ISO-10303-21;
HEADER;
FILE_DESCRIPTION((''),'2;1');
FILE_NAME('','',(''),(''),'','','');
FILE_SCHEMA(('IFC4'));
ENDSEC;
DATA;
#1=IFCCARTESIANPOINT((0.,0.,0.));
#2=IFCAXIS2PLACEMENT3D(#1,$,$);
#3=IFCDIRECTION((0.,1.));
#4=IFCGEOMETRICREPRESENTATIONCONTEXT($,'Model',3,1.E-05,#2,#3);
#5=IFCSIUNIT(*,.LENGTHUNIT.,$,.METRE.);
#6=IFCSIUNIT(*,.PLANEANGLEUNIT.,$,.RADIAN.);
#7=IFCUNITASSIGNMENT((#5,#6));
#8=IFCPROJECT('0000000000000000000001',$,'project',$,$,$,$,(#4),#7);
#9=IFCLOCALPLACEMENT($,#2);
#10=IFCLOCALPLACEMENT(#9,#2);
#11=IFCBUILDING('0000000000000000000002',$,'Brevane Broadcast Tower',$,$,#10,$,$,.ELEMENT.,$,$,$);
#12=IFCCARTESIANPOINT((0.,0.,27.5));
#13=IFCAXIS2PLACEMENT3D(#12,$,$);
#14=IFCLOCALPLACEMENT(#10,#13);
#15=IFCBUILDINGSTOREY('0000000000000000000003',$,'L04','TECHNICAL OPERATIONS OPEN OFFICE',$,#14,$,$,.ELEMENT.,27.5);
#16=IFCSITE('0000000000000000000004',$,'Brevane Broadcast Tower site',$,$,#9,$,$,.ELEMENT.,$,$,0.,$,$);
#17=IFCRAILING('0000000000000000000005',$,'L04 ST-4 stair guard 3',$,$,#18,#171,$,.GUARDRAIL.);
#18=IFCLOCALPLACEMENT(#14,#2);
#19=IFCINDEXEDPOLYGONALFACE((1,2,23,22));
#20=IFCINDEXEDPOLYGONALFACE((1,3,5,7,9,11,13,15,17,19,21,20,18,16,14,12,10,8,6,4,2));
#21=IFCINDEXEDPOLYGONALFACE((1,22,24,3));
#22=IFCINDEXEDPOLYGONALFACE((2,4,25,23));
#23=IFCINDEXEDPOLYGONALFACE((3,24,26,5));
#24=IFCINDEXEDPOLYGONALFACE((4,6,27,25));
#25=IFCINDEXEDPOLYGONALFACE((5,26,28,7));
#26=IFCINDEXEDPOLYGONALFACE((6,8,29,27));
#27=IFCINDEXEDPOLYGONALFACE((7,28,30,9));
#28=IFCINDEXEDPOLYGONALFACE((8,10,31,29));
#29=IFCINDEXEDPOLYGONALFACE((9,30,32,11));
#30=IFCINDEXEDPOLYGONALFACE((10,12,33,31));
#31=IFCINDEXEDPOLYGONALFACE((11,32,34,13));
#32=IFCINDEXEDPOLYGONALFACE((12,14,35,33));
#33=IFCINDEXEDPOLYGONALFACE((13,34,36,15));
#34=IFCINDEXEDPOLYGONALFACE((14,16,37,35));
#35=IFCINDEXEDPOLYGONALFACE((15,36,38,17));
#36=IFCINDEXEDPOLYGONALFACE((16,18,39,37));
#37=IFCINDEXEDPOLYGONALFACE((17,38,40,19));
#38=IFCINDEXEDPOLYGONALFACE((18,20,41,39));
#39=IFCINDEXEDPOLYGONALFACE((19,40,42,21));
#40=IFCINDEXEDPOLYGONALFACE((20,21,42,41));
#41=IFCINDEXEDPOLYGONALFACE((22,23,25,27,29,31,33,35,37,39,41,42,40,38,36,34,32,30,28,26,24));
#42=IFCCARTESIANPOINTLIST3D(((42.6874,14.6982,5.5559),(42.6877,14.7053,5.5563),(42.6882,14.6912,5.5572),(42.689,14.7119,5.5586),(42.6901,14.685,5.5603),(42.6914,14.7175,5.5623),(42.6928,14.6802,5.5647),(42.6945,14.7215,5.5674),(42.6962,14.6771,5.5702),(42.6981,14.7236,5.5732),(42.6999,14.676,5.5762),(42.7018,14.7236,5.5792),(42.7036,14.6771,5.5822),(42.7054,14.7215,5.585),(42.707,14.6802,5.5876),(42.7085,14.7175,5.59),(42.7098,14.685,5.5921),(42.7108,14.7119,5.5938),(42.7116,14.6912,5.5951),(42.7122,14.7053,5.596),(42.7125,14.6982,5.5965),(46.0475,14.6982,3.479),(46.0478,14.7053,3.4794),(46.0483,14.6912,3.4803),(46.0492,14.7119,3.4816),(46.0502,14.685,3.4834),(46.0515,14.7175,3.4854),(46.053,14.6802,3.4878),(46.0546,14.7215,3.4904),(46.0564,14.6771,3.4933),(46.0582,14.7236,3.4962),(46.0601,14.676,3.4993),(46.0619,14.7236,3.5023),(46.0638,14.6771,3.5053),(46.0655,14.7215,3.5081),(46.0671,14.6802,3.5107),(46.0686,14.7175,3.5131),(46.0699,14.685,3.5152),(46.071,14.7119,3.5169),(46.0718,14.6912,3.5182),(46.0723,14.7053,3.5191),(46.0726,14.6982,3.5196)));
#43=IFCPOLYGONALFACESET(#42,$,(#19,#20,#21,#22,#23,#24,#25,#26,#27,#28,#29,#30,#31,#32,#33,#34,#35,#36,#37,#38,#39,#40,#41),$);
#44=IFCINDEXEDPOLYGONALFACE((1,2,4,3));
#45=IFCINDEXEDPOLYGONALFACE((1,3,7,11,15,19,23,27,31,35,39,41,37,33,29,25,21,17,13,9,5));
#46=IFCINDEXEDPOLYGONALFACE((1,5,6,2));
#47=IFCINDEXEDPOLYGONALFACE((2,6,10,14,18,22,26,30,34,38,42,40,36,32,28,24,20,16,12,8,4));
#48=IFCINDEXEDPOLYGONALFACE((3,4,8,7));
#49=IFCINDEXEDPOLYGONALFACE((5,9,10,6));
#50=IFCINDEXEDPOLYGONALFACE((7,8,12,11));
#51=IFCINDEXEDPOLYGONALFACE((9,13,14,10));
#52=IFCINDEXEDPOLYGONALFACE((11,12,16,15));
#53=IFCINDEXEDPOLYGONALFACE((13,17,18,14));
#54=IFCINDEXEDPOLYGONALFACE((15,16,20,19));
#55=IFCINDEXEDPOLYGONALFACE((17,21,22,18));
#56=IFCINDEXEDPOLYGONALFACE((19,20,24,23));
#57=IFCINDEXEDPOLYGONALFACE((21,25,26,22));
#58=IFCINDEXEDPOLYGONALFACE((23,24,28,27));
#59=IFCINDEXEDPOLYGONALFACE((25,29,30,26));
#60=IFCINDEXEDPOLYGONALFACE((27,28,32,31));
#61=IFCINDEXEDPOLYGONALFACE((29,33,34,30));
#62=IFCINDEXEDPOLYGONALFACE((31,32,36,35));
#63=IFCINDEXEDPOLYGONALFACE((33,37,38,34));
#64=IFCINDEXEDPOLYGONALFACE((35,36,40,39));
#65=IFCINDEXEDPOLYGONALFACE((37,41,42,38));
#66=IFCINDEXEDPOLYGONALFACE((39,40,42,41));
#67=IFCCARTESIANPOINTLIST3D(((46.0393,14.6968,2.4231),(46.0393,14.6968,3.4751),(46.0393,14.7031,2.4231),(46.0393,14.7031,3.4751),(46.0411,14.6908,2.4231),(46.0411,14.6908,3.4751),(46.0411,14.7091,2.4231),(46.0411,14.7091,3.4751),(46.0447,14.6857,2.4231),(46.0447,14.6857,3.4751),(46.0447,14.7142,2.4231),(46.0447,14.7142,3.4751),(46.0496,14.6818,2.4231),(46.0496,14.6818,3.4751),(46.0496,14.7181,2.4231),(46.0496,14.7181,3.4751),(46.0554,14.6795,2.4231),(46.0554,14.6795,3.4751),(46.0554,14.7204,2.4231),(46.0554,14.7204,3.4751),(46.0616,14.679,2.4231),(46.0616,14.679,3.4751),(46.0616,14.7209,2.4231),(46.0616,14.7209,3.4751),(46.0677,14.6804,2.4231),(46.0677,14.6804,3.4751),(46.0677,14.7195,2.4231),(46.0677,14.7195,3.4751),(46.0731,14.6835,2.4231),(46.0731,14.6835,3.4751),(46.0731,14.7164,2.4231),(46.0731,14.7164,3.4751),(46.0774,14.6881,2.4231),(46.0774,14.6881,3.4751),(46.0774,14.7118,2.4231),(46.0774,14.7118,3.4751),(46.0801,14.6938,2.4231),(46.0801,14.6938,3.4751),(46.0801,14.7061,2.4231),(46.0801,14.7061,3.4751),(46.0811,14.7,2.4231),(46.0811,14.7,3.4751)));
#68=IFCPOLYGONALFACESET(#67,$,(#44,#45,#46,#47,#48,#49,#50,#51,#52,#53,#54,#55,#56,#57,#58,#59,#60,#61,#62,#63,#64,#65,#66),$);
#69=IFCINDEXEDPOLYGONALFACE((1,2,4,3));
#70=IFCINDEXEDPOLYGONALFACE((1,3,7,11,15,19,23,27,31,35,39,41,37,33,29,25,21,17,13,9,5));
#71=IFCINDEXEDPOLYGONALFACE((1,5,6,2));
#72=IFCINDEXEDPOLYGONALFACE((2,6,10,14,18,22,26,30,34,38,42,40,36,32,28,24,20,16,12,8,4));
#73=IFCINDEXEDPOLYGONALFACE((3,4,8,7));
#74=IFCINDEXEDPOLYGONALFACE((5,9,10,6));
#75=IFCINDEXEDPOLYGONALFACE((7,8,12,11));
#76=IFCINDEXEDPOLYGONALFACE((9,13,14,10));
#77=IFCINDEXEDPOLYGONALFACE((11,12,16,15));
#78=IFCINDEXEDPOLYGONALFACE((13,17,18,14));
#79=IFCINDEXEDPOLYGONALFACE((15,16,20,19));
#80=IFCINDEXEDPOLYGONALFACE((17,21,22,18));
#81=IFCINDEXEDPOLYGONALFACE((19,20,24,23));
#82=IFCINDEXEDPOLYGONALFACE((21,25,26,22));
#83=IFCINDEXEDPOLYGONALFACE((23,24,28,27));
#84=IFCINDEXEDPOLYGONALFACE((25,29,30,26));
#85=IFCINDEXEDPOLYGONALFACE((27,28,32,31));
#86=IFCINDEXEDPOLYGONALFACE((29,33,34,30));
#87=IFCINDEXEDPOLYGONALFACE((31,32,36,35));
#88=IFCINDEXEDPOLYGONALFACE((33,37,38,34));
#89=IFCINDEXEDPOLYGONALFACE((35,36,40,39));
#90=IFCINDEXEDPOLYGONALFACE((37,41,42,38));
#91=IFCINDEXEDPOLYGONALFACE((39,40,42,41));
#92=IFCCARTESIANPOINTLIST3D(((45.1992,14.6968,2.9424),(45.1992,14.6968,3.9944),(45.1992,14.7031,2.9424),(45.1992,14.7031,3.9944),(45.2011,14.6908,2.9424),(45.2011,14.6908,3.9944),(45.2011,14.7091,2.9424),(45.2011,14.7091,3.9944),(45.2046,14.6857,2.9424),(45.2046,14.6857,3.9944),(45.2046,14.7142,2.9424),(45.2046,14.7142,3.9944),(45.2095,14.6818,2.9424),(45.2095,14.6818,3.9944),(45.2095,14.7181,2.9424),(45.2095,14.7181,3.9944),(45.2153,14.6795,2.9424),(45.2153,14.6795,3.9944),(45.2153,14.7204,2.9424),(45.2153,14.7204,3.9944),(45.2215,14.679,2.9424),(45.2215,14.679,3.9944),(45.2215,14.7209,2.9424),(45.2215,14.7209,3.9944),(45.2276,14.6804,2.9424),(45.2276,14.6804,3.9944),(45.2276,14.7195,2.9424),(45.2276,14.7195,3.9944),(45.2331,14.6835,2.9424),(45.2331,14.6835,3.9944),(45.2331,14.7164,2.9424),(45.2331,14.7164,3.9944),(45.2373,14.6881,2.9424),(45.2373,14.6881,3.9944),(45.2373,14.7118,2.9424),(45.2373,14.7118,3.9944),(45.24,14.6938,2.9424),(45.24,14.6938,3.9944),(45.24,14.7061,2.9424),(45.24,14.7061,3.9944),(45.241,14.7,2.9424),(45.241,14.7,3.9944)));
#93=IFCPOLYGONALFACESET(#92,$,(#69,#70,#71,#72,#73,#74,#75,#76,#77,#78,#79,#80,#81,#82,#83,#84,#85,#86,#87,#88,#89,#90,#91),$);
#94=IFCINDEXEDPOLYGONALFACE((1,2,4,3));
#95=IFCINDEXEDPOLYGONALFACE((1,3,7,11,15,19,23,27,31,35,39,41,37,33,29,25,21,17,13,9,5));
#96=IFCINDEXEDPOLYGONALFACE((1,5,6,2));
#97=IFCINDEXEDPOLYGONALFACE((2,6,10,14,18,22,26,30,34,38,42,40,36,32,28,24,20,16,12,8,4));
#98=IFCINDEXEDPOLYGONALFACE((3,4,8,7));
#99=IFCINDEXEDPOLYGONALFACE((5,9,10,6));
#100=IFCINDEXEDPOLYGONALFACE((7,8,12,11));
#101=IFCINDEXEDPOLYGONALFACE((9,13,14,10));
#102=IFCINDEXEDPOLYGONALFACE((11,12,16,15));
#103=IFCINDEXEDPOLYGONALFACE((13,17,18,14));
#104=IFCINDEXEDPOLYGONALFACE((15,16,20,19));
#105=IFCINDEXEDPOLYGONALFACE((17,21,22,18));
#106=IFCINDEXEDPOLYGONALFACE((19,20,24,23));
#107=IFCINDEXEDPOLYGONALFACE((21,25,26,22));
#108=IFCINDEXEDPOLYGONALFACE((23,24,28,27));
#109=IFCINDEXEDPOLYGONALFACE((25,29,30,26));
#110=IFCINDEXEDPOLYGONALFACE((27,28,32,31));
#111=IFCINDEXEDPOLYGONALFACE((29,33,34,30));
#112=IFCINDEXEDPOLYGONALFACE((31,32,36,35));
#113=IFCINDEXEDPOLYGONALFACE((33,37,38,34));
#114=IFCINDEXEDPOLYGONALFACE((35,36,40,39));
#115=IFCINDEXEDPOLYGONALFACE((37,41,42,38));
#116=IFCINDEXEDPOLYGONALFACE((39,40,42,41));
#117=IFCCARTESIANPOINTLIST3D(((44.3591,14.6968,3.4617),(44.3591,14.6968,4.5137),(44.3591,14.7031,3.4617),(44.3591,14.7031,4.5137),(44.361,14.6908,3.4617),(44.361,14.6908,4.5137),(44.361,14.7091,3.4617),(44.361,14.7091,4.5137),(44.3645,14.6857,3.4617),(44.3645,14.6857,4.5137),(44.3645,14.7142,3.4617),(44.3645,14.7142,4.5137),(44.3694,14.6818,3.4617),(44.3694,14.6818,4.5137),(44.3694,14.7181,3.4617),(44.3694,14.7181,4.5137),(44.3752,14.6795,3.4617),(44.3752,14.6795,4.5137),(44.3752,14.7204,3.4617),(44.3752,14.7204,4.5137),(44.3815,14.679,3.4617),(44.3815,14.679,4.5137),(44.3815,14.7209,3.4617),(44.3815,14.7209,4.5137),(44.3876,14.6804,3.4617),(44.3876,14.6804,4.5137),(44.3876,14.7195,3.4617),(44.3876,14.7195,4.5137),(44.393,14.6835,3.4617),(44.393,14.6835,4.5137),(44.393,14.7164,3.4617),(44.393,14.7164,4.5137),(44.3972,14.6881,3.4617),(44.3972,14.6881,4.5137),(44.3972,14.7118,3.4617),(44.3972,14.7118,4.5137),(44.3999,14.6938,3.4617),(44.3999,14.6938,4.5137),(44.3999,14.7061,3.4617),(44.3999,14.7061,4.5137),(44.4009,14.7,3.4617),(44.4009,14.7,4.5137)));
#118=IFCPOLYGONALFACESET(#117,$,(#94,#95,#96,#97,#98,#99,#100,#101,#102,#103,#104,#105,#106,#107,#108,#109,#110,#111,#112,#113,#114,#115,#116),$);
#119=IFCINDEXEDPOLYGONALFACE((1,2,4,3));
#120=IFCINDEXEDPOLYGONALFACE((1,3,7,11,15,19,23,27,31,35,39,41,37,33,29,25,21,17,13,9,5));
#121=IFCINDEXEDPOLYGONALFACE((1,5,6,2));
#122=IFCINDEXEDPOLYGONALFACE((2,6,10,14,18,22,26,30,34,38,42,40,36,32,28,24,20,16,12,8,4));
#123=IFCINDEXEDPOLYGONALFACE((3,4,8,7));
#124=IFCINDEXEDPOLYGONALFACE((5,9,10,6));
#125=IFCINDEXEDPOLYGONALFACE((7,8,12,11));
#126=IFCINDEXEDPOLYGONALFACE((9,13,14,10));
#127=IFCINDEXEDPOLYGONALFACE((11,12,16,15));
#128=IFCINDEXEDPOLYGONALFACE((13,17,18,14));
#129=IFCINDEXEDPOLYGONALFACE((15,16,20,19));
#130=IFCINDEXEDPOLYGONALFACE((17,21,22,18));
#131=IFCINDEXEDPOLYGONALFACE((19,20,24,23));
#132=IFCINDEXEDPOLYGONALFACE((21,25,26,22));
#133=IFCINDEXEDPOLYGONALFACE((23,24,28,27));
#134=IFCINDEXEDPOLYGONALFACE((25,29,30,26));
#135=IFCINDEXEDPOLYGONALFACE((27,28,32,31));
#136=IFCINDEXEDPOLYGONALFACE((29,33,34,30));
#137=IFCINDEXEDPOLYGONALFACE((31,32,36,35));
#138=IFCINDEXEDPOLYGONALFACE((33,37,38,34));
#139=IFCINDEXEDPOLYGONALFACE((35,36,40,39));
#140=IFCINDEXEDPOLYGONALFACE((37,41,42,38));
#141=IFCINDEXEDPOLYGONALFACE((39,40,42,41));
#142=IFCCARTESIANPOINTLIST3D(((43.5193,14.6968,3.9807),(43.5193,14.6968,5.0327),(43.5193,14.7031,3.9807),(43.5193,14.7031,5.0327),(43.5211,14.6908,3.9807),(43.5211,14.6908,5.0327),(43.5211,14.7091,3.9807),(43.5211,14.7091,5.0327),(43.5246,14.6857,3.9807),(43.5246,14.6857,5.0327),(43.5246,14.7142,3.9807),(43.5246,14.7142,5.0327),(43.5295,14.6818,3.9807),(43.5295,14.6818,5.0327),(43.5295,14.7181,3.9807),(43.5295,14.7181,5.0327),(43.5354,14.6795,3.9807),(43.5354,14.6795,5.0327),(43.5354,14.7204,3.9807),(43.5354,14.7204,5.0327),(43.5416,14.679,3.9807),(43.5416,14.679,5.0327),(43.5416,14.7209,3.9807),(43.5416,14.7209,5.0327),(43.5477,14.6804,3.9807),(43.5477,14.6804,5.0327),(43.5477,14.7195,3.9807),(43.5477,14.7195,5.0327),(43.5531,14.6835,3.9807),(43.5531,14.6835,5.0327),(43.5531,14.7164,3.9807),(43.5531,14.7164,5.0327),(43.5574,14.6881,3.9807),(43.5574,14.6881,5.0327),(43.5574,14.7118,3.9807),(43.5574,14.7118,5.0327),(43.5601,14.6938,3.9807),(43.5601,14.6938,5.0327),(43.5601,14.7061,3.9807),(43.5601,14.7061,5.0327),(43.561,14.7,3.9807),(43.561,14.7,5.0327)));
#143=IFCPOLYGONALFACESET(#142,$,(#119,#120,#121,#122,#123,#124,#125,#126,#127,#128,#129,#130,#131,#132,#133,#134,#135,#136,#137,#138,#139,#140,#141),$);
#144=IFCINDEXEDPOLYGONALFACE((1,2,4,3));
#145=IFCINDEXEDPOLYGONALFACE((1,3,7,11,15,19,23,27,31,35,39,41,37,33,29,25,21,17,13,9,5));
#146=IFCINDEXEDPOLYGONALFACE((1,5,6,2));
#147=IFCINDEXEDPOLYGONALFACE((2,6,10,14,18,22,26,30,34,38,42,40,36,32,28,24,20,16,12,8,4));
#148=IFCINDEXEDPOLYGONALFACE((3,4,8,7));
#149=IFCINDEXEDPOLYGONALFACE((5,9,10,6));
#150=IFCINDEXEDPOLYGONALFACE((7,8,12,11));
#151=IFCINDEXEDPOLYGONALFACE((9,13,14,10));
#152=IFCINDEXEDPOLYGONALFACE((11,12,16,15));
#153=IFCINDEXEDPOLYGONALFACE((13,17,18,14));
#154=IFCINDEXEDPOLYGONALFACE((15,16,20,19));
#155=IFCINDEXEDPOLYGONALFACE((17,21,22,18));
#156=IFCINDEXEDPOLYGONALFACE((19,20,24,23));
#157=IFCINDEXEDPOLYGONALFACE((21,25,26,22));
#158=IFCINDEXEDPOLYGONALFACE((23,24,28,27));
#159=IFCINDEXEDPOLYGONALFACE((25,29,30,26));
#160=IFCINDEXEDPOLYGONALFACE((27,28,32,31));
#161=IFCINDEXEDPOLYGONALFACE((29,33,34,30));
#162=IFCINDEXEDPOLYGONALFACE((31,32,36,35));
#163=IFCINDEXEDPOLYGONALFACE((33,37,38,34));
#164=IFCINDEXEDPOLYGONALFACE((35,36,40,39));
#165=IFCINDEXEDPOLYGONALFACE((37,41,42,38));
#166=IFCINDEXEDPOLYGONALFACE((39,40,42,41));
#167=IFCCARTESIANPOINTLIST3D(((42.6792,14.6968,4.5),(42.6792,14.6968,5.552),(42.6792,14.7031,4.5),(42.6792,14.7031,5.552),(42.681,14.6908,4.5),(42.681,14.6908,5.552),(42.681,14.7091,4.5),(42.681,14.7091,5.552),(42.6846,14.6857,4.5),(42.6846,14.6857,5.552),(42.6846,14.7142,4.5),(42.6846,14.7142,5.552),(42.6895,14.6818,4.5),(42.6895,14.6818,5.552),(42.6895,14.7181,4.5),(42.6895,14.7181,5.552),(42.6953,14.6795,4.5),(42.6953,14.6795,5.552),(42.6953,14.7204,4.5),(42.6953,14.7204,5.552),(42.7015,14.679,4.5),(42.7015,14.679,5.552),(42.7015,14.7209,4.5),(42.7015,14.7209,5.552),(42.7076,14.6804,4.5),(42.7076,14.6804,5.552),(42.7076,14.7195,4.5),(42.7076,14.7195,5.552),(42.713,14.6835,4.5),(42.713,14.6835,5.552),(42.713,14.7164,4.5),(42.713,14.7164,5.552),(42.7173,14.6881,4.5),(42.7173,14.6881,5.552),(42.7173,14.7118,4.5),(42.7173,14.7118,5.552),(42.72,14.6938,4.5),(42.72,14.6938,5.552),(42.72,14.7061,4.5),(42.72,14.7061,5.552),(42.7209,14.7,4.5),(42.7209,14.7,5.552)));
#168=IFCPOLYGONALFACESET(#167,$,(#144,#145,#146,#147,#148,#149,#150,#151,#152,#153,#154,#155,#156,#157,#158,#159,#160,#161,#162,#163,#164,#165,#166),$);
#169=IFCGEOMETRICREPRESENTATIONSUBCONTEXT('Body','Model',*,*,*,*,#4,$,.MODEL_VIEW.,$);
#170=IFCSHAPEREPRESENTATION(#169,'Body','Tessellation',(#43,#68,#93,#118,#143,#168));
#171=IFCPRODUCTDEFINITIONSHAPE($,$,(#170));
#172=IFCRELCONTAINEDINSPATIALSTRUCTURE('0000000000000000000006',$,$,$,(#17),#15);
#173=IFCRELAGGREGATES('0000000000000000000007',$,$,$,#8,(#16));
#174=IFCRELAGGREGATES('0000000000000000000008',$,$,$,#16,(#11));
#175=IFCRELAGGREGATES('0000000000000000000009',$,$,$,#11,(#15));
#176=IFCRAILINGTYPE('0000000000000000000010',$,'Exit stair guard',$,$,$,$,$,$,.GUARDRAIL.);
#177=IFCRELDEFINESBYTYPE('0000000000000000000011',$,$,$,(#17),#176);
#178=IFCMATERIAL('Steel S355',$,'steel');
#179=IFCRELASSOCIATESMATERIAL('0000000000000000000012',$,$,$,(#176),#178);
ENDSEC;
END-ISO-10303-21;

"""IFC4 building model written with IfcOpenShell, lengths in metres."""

from ifc_helpers import new_model, si_unit, direction, frame, origin, origin_2d, place, context, subcontext, project, spatial, circle, extrude, material, type_object, element, save


model = new_model("IFC4")

# Units and contexts
model_context = context("Model", 3, precision=1e-05, world=origin(), true_north=direction((0.0, 1.0)))
body_context = subcontext(model_context, "Body", "Model", "MODEL_VIEW")
ifc_project = project(units=[si_unit("LENGTHUNIT", "METRE"), si_unit("PLANEANGLEUNIT", "RADIAN")], contexts=[model_context])

# Site, building, storey
site_placement = place(None, origin())
site = spatial("IfcSite", under=ifc_project, at=site_placement, Name="Brevane Broadcast Tower site", CompositionType="ELEMENT", RefElevation=0.0)
building_placement = place(site_placement, origin())
building = spatial("IfcBuilding", under=site, at=building_placement, Name="Brevane Broadcast Tower", CompositionType="ELEMENT")
storey_placement = place(building_placement, frame((0.0, 0.0, 27.5)))
storey = spatial("IfcBuildingStorey", under=building, at=storey_placement, Name="L04", Description="TECHNICAL OPERATIONS OPEN OFFICE", CompositionType="ELEMENT", Elevation=27.5)

# Railing
ifc_material_1 = material(Name="Steel S355", Category="steel")
railing_type_1 = type_object("IfcRailingType", Name="Exit stair guard", PredefinedType="GUARDRAIL", material=ifc_material_1)
railing_1_placement = place(storey_placement, frame((46.0601, 14.7, 2.4231)))
element("IfcRailing", 1, at=railing_1_placement, inside=storey, type_object=railing_type_1, Name="L04 ST-4 stair guard 3", PredefinedType="GUARDRAIL", context=body_context, shape_type="SweptSolid", body=[
    extrude(circle(Radius=0.0239, at=origin_2d()), frame((0.0, 0.0, 1.0762), z_axis=(-0.850623, 0.0, 0.525776), x_axis=(0.0, -1.0, 0.0)), (0.0, 0.0, 1.0), 3.9502),
    extrude(circle(Radius=0.021, at=origin_2d()), origin(), (0.0, 0.0, 1.0), 1.052),
    extrude(circle(Radius=0.021, at=origin_2d()), frame((-0.8401, 0.0, 0.5193)), (0.0, 0.0, 1.0), 1.052),
    extrude(circle(Radius=0.021, at=origin_2d()), frame((-1.6802, 0.0, 1.0386)), (0.0, 0.0, 1.0), 1.052),
    extrude(circle(Radius=0.021, at=origin_2d()), frame((-2.52, 0.0, 1.5576)), (0.0, 0.0, 1.0), 1.052),
    extrude(circle(Radius=0.021, at=origin_2d()), frame((-3.3601, 0.0, 2.0769)), (0.0, 0.0, 1.0), 1.052),
])

save(model, "model.ifc")
